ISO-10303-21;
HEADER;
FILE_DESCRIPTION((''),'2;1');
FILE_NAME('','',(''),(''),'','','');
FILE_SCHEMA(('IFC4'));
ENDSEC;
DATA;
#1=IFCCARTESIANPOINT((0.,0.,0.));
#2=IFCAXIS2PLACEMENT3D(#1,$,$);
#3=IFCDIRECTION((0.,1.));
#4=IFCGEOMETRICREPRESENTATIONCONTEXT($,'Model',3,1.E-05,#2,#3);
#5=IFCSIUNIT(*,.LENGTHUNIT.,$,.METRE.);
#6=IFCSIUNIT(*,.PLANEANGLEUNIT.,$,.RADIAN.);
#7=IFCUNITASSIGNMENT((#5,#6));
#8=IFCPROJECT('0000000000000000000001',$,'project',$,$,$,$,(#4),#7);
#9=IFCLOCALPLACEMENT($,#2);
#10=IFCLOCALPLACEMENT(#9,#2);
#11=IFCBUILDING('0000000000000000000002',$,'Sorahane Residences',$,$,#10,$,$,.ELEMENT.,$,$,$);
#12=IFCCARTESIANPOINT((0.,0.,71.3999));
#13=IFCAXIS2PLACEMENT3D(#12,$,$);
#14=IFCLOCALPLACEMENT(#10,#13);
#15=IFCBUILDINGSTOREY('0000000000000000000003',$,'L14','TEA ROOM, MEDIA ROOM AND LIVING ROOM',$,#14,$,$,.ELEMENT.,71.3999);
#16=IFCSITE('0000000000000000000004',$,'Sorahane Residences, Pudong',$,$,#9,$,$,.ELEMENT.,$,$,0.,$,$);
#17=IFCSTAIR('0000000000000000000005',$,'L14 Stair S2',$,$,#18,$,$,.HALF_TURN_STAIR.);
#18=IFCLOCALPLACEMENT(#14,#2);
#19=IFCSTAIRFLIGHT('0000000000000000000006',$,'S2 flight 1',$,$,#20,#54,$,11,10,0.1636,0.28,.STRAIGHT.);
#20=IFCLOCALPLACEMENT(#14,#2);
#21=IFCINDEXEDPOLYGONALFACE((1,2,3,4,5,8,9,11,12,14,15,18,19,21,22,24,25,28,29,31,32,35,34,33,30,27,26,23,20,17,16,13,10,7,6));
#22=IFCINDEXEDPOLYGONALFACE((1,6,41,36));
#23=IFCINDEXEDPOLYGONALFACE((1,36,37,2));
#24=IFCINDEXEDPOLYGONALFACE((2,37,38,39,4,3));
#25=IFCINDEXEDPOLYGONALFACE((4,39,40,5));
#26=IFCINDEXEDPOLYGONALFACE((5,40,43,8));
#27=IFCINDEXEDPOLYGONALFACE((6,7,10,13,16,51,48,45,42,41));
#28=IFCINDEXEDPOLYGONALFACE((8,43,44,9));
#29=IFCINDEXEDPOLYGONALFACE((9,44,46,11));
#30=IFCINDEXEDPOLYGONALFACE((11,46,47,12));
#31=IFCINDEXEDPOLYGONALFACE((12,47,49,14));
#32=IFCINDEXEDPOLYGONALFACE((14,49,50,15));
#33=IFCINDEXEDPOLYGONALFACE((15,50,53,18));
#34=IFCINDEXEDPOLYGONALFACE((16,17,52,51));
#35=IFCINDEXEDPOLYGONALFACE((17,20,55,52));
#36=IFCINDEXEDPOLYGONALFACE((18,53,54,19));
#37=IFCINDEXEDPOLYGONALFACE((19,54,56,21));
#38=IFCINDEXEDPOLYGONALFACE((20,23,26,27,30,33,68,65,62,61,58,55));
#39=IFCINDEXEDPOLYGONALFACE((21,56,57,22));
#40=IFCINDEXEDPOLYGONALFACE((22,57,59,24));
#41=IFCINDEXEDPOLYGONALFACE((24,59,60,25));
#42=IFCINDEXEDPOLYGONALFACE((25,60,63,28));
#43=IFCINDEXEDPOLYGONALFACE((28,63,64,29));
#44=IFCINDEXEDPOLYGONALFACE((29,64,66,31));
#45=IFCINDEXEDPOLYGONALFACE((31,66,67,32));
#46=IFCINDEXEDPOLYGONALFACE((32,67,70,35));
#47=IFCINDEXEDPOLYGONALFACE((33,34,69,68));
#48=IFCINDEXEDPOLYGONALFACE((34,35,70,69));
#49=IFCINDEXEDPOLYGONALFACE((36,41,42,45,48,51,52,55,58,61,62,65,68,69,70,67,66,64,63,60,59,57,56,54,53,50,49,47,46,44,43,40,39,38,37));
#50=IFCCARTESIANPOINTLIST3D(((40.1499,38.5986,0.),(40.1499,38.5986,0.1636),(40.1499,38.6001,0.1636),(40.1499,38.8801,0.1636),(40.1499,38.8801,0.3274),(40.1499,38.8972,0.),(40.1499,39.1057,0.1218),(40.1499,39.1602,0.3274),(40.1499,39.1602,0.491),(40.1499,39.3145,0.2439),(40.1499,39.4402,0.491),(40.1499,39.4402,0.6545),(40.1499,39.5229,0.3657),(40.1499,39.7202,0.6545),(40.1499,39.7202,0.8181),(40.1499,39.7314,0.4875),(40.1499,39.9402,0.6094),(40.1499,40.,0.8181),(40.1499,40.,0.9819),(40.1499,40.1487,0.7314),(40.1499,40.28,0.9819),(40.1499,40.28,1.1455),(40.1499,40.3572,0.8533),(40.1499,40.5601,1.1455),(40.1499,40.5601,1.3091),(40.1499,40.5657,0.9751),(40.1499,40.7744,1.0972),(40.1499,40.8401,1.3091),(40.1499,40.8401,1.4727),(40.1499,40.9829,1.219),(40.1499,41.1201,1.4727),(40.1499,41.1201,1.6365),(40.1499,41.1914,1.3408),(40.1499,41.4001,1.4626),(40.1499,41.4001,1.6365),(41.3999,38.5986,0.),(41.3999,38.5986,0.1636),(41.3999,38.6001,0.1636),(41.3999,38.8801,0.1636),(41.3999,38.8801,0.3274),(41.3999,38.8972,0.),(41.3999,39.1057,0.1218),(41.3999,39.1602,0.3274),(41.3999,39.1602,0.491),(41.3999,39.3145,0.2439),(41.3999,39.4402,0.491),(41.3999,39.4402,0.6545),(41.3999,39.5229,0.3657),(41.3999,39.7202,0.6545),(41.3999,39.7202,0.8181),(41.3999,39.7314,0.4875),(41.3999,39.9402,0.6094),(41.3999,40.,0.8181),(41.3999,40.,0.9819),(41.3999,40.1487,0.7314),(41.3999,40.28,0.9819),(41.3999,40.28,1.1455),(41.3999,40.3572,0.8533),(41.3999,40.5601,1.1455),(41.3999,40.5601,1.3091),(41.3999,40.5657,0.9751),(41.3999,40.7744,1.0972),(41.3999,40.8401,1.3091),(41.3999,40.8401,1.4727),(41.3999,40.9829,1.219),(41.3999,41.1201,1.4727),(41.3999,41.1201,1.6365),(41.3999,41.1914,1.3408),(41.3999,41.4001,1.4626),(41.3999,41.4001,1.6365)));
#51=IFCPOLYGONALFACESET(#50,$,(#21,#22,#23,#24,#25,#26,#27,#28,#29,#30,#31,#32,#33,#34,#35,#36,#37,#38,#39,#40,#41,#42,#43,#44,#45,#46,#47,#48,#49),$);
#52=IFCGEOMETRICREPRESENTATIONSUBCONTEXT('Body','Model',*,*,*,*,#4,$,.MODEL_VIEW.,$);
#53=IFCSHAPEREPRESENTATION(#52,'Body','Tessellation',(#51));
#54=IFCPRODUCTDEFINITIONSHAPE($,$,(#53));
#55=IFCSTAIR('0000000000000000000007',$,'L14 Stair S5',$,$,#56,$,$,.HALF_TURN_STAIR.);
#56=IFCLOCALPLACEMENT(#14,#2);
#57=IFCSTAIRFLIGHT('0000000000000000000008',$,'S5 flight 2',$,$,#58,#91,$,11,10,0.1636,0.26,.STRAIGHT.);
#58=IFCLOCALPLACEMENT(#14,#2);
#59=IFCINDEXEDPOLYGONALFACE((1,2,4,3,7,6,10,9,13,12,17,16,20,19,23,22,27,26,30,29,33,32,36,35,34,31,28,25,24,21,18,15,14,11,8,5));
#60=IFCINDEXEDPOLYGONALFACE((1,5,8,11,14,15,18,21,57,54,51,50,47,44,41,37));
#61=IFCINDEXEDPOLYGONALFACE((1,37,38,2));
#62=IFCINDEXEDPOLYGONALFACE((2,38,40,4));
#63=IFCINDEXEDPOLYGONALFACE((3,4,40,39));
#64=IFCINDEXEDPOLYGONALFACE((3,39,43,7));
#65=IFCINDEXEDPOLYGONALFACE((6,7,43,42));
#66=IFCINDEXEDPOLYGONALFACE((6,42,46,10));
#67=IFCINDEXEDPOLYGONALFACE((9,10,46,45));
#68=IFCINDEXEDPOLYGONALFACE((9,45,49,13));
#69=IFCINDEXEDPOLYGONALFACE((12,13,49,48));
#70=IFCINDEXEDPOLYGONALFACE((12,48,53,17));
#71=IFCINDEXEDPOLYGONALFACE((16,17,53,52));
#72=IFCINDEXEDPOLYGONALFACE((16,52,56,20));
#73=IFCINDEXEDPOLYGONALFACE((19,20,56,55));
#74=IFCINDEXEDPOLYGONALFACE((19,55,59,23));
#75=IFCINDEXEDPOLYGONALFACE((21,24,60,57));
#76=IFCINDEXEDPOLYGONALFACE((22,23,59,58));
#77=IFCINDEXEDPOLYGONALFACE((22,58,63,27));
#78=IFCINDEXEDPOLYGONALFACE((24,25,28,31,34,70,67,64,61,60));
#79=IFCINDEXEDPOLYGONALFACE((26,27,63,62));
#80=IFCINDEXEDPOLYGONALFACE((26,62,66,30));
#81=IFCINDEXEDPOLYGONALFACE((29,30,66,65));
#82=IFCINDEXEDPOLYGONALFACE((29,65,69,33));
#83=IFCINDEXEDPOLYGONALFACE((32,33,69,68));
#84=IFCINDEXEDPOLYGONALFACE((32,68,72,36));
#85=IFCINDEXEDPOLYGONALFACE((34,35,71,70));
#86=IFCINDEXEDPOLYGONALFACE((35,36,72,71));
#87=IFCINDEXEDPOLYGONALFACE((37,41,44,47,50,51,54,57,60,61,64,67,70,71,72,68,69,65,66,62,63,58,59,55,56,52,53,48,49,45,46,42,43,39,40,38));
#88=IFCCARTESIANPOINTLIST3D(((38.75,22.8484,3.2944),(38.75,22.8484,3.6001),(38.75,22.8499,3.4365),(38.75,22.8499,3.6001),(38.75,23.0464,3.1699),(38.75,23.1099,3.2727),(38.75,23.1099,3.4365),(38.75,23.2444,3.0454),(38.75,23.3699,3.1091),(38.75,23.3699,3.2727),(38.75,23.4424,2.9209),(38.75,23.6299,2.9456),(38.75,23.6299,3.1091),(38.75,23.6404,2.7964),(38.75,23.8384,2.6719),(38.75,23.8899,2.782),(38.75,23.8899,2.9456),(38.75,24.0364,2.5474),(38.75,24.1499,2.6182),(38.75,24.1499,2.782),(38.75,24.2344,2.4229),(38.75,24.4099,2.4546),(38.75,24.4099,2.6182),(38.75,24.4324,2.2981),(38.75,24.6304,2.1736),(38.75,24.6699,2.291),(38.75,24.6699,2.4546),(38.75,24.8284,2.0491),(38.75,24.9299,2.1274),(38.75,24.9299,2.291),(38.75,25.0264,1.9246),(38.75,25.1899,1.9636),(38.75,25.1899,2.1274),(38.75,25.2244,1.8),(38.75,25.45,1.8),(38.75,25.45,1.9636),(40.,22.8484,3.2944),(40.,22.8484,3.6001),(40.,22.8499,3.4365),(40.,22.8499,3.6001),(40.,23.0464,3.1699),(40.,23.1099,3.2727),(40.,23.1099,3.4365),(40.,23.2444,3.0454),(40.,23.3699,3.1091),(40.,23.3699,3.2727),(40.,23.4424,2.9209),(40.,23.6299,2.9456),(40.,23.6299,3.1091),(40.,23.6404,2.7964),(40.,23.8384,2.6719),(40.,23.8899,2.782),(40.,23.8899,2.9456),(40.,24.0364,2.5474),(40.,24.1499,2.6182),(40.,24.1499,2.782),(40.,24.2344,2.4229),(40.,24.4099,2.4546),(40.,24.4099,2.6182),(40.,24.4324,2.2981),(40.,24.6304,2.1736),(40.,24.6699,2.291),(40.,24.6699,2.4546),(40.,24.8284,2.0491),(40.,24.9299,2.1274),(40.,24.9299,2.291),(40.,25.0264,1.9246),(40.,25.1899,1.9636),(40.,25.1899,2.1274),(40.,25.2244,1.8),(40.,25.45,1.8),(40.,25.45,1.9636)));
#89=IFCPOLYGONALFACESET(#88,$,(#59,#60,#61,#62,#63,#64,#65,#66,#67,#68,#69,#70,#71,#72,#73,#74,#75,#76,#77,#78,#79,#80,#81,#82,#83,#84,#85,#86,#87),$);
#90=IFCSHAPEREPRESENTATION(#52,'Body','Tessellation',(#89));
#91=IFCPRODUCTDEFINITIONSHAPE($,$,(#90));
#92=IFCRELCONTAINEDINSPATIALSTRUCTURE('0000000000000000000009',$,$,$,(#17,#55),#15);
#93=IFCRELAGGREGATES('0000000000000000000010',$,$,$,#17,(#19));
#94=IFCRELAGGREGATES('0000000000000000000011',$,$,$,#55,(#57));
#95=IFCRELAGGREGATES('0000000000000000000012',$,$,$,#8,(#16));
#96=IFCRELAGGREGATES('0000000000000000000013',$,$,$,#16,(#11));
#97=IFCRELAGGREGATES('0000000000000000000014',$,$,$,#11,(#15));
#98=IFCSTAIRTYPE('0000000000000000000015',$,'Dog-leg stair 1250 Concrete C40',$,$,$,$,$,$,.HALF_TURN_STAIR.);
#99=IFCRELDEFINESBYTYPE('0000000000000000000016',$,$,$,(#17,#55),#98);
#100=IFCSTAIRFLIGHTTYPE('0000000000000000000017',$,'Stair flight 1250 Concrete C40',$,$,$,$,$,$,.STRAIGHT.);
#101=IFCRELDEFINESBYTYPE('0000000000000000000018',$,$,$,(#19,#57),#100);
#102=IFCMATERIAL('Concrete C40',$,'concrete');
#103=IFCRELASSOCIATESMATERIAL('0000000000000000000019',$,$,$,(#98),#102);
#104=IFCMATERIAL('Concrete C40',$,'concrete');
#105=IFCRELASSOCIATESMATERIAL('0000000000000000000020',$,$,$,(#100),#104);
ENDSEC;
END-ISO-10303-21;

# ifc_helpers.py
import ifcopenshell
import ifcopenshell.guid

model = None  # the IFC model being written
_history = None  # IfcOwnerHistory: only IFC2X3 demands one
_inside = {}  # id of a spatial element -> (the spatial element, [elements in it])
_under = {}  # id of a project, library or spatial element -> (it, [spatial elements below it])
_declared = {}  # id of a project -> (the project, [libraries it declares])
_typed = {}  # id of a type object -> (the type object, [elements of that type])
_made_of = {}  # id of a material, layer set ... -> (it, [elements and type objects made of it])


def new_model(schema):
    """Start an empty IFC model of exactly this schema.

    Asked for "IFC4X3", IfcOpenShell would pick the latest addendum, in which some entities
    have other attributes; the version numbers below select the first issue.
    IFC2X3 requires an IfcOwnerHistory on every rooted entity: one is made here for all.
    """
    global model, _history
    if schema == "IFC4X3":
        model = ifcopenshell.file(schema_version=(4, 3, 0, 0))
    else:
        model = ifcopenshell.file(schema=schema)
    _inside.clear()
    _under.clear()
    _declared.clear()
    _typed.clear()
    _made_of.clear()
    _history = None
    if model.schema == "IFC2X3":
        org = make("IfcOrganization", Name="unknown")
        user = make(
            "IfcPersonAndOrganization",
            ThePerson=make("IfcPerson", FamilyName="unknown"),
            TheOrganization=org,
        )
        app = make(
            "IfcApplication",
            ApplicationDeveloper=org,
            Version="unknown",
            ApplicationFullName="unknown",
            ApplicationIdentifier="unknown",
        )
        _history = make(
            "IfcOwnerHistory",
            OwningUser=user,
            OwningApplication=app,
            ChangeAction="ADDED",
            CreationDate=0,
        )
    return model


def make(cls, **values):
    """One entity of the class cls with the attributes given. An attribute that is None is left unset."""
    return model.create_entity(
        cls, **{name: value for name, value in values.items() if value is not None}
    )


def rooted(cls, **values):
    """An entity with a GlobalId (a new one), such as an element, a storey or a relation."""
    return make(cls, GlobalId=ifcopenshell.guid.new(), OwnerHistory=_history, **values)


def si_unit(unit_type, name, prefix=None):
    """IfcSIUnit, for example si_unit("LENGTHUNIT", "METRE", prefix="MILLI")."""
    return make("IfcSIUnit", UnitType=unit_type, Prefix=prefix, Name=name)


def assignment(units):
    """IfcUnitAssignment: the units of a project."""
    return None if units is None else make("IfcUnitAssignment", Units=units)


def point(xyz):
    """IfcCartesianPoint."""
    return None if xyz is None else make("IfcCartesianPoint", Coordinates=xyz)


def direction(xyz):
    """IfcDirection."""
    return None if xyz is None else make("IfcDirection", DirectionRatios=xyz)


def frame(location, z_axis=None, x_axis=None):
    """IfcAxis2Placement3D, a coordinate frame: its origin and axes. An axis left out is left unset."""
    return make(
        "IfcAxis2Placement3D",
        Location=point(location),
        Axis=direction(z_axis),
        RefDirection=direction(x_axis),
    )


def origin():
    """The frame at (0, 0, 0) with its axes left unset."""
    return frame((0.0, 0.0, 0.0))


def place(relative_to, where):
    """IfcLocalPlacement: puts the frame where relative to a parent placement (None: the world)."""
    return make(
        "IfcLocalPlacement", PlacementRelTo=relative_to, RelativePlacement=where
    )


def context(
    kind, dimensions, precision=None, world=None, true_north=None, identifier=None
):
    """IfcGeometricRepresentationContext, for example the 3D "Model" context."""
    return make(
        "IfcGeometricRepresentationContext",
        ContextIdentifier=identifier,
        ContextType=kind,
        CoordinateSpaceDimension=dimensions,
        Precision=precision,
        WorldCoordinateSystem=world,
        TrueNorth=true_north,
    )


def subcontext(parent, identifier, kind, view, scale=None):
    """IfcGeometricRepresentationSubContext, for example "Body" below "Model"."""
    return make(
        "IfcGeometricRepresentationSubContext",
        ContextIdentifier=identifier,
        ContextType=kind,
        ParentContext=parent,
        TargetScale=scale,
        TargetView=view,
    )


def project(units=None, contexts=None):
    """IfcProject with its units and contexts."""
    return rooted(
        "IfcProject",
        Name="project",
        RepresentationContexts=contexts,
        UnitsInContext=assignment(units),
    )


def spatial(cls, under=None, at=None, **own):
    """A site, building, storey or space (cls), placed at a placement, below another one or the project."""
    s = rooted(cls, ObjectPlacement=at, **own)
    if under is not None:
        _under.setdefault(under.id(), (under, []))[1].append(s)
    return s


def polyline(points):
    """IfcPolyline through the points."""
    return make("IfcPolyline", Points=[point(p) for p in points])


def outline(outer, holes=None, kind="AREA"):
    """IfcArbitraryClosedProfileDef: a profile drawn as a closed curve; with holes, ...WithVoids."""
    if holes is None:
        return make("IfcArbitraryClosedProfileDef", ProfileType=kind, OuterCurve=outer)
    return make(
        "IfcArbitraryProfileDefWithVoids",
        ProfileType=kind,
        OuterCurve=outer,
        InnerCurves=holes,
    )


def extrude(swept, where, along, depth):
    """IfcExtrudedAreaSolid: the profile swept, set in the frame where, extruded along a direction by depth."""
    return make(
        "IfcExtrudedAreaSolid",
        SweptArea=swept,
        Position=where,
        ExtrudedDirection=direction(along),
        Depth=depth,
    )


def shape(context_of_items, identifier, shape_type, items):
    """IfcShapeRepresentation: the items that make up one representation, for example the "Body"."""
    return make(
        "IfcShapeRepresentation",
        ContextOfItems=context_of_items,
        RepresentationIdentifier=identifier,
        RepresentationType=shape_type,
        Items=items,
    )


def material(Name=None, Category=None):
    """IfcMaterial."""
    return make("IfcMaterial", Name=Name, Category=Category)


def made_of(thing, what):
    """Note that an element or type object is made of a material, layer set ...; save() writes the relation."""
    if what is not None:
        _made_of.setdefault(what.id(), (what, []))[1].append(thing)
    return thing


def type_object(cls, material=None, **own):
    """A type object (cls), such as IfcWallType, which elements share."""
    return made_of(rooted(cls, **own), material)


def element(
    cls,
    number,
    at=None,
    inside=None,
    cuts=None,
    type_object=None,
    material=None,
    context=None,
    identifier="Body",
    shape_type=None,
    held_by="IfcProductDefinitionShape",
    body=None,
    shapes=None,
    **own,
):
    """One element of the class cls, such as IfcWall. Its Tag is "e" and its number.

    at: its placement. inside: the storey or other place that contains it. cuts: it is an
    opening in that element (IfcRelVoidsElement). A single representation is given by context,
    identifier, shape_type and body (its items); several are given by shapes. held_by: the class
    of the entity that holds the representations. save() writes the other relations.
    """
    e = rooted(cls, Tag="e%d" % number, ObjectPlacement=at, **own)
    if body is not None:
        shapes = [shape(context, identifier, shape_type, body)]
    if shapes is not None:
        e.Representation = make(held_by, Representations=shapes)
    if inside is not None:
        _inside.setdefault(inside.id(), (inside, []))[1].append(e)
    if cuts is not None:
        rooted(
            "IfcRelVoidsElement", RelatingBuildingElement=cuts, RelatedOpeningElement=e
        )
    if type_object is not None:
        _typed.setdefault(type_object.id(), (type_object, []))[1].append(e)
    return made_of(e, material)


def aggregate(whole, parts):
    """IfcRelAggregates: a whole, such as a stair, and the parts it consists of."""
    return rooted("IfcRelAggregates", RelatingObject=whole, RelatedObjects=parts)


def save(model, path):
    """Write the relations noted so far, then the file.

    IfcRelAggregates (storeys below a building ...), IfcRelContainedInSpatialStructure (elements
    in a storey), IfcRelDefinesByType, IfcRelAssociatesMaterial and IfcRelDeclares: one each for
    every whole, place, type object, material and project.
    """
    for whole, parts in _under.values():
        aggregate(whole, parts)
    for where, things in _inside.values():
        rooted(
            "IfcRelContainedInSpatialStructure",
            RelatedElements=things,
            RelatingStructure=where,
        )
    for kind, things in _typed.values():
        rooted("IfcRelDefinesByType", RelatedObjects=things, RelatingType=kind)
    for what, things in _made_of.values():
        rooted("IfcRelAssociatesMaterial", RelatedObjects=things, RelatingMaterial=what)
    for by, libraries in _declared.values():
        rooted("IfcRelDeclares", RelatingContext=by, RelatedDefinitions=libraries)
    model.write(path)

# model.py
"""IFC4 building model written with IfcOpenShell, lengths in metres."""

from ifc_helpers import new_model, si_unit, direction, frame, origin, place, context, subcontext, project, spatial, polyline, outline, extrude, material, type_object, element, aggregate, save


model = new_model("IFC4")

# Units and contexts
model_context = context("Model", 3, precision=1e-05, world=origin(), true_north=direction((0.0, 1.0)))
body_context = subcontext(model_context, "Body", "Model", "MODEL_VIEW")
ifc_project = project(units=[si_unit("LENGTHUNIT", "METRE"), si_unit("PLANEANGLEUNIT", "RADIAN")], contexts=[model_context])

# Site, building, storey
site_placement = place(None, origin())
site = spatial("IfcSite", under=ifc_project, at=site_placement, Name="Sorahane Residences, Pudong", CompositionType="ELEMENT", RefElevation=0.0)
building_placement = place(site_placement, origin())
building = spatial("IfcBuilding", under=site, at=building_placement, Name="Sorahane Residences", CompositionType="ELEMENT")
storey_placement = place(building_placement, frame((0.0, 0.0, 71.3999)))
storey = spatial("IfcBuildingStorey", under=building, at=storey_placement, Name="L14", Description="TEA ROOM, MEDIA ROOM AND LIVING ROOM", CompositionType="ELEMENT", Elevation=71.3999)

# Stairs, stair flights
ifc_material_1 = material(Name="Concrete C40", Category="concrete")
stair_type = type_object("IfcStairType", Name="Dog-leg stair 1250 Concrete C40", PredefinedType="HALF_TURN_STAIR", material=ifc_material_1)
stair_1_placement = place(storey_placement, origin())
stair_1 = element("IfcStair", 1, at=stair_1_placement, inside=storey, type_object=stair_type, Name="L14 Stair S2", PredefinedType="HALF_TURN_STAIR")
ifc_material_2 = material(Name="Concrete C40", Category="concrete")
stair_flight_type = type_object("IfcStairFlightType", Name="Stair flight 1250 Concrete C40", PredefinedType="STRAIGHT", material=ifc_material_2)
stair_flight_1_placement = place(storey_placement, frame((40.7749, 38.6001, 0.0), z_axis=(0.0, 0.0, 1.0), x_axis=(0.0, 1.0, 0.0)))
stair_flight_1 = element("IfcStairFlight", 2, at=stair_flight_1_placement, type_object=stair_flight_type, Name="S2 flight 1", NumberOfRisers=11, NumberOfTreads=10, PredefinedType="STRAIGHT", RiserHeight=0.1636, TreadLength=0.28, context=body_context, shape_type="SweptSolid", body=[
    extrude(outline(polyline([(-0.0015, 0.0), (-0.0015, 0.1636), (0.0, 0.1636), (0.28, 0.1636), (0.28, 0.3274), (0.5601, 0.3274), (0.5601, 0.491), (0.8401, 0.491), (0.8401, 0.6545), (1.1201, 0.6545), (1.1201, 0.8181), (1.3999, 0.8181), (1.3999, 0.9819), (1.6799, 0.9819), (1.6799, 1.1455), (1.96, 1.1455), (1.96, 1.3091), (2.24, 1.3091), (2.24, 1.4727), (2.52, 1.4727), (2.52, 1.6365), (2.8, 1.6365), (2.8, 1.8), (2.8, 1.4626), (2.5913, 1.3408), (2.3828, 1.219), (2.1743, 1.0972), (1.9656, 0.9751), (1.7571, 0.8533), (1.5486, 0.7314), (1.3401, 0.6094), (1.1313, 0.4875), (0.9229, 0.3657), (0.7144, 0.2439), (0.5056, 0.1218), (0.2971, 0.0), (-0.0015, 0.0)])), frame((0.0, 0.625, 0.0), z_axis=(0.0, -1.0, 0.0), x_axis=(1.0, 0.0, 0.0)), (0.0, 0.0, 1.0), 1.25),
])
aggregate(stair_1, [stair_flight_1])
stair_2_placement = place(storey_placement, origin())
stair_2 = element("IfcStair", 3, at=stair_2_placement, inside=storey, type_object=stair_type, Name="L14 Stair S5", PredefinedType="HALF_TURN_STAIR")
stair_flight_2_placement = place(storey_placement, frame((39.375, 25.45, 1.8), z_axis=(0.0, 0.0, 1.0), x_axis=(0.0, -1.0, 0.0)))
stair_flight_2 = element("IfcStairFlight", 4, at=stair_flight_2_placement, type_object=stair_flight_type, Name="S5 flight 2", NumberOfRisers=11, NumberOfTreads=10, PredefinedType="STRAIGHT", RiserHeight=0.1636, TreadLength=0.26, context=body_context, shape_type="SweptSolid", body=[
    extrude(outline(polyline([(0.0, 0.0), (0.0, 0.1636), (0.26, 0.1636), (0.26, 0.3274), (0.52, 0.3274), (0.52, 0.491), (0.78, 0.491), (0.78, 0.6545), (1.04, 0.6545), (1.04, 0.8181), (1.3, 0.8181), (1.3, 0.9819), (1.5601, 0.9819), (1.5601, 1.1455), (1.8201, 1.1455), (1.8201, 1.3091), (2.0801, 1.3091), (2.0801, 1.4727), (2.3401, 1.4727), (2.3401, 1.6365), (2.6001, 1.6365), (2.6001, 1.8), (2.6016, 1.8), (2.6016, 1.4944), (2.4036, 1.3699), (2.2056, 1.2454), (2.0076, 1.1208), (1.8096, 0.9963), (1.6116, 0.8718), (1.4136, 0.7473), (1.2156, 0.6228), (1.0176, 0.498), (0.8196, 0.3735), (0.6216, 0.249), (0.4236, 0.1245), (0.2256, 0.0), (0.0, 0.0)])), frame((0.0, 0.625, 0.0), z_axis=(0.0, -1.0, 0.0), x_axis=(1.0, 0.0, 0.0)), (0.0, 0.0, 1.0), 1.25),
])
aggregate(stair_2, [stair_flight_2])

save(model, "model.ifc")
